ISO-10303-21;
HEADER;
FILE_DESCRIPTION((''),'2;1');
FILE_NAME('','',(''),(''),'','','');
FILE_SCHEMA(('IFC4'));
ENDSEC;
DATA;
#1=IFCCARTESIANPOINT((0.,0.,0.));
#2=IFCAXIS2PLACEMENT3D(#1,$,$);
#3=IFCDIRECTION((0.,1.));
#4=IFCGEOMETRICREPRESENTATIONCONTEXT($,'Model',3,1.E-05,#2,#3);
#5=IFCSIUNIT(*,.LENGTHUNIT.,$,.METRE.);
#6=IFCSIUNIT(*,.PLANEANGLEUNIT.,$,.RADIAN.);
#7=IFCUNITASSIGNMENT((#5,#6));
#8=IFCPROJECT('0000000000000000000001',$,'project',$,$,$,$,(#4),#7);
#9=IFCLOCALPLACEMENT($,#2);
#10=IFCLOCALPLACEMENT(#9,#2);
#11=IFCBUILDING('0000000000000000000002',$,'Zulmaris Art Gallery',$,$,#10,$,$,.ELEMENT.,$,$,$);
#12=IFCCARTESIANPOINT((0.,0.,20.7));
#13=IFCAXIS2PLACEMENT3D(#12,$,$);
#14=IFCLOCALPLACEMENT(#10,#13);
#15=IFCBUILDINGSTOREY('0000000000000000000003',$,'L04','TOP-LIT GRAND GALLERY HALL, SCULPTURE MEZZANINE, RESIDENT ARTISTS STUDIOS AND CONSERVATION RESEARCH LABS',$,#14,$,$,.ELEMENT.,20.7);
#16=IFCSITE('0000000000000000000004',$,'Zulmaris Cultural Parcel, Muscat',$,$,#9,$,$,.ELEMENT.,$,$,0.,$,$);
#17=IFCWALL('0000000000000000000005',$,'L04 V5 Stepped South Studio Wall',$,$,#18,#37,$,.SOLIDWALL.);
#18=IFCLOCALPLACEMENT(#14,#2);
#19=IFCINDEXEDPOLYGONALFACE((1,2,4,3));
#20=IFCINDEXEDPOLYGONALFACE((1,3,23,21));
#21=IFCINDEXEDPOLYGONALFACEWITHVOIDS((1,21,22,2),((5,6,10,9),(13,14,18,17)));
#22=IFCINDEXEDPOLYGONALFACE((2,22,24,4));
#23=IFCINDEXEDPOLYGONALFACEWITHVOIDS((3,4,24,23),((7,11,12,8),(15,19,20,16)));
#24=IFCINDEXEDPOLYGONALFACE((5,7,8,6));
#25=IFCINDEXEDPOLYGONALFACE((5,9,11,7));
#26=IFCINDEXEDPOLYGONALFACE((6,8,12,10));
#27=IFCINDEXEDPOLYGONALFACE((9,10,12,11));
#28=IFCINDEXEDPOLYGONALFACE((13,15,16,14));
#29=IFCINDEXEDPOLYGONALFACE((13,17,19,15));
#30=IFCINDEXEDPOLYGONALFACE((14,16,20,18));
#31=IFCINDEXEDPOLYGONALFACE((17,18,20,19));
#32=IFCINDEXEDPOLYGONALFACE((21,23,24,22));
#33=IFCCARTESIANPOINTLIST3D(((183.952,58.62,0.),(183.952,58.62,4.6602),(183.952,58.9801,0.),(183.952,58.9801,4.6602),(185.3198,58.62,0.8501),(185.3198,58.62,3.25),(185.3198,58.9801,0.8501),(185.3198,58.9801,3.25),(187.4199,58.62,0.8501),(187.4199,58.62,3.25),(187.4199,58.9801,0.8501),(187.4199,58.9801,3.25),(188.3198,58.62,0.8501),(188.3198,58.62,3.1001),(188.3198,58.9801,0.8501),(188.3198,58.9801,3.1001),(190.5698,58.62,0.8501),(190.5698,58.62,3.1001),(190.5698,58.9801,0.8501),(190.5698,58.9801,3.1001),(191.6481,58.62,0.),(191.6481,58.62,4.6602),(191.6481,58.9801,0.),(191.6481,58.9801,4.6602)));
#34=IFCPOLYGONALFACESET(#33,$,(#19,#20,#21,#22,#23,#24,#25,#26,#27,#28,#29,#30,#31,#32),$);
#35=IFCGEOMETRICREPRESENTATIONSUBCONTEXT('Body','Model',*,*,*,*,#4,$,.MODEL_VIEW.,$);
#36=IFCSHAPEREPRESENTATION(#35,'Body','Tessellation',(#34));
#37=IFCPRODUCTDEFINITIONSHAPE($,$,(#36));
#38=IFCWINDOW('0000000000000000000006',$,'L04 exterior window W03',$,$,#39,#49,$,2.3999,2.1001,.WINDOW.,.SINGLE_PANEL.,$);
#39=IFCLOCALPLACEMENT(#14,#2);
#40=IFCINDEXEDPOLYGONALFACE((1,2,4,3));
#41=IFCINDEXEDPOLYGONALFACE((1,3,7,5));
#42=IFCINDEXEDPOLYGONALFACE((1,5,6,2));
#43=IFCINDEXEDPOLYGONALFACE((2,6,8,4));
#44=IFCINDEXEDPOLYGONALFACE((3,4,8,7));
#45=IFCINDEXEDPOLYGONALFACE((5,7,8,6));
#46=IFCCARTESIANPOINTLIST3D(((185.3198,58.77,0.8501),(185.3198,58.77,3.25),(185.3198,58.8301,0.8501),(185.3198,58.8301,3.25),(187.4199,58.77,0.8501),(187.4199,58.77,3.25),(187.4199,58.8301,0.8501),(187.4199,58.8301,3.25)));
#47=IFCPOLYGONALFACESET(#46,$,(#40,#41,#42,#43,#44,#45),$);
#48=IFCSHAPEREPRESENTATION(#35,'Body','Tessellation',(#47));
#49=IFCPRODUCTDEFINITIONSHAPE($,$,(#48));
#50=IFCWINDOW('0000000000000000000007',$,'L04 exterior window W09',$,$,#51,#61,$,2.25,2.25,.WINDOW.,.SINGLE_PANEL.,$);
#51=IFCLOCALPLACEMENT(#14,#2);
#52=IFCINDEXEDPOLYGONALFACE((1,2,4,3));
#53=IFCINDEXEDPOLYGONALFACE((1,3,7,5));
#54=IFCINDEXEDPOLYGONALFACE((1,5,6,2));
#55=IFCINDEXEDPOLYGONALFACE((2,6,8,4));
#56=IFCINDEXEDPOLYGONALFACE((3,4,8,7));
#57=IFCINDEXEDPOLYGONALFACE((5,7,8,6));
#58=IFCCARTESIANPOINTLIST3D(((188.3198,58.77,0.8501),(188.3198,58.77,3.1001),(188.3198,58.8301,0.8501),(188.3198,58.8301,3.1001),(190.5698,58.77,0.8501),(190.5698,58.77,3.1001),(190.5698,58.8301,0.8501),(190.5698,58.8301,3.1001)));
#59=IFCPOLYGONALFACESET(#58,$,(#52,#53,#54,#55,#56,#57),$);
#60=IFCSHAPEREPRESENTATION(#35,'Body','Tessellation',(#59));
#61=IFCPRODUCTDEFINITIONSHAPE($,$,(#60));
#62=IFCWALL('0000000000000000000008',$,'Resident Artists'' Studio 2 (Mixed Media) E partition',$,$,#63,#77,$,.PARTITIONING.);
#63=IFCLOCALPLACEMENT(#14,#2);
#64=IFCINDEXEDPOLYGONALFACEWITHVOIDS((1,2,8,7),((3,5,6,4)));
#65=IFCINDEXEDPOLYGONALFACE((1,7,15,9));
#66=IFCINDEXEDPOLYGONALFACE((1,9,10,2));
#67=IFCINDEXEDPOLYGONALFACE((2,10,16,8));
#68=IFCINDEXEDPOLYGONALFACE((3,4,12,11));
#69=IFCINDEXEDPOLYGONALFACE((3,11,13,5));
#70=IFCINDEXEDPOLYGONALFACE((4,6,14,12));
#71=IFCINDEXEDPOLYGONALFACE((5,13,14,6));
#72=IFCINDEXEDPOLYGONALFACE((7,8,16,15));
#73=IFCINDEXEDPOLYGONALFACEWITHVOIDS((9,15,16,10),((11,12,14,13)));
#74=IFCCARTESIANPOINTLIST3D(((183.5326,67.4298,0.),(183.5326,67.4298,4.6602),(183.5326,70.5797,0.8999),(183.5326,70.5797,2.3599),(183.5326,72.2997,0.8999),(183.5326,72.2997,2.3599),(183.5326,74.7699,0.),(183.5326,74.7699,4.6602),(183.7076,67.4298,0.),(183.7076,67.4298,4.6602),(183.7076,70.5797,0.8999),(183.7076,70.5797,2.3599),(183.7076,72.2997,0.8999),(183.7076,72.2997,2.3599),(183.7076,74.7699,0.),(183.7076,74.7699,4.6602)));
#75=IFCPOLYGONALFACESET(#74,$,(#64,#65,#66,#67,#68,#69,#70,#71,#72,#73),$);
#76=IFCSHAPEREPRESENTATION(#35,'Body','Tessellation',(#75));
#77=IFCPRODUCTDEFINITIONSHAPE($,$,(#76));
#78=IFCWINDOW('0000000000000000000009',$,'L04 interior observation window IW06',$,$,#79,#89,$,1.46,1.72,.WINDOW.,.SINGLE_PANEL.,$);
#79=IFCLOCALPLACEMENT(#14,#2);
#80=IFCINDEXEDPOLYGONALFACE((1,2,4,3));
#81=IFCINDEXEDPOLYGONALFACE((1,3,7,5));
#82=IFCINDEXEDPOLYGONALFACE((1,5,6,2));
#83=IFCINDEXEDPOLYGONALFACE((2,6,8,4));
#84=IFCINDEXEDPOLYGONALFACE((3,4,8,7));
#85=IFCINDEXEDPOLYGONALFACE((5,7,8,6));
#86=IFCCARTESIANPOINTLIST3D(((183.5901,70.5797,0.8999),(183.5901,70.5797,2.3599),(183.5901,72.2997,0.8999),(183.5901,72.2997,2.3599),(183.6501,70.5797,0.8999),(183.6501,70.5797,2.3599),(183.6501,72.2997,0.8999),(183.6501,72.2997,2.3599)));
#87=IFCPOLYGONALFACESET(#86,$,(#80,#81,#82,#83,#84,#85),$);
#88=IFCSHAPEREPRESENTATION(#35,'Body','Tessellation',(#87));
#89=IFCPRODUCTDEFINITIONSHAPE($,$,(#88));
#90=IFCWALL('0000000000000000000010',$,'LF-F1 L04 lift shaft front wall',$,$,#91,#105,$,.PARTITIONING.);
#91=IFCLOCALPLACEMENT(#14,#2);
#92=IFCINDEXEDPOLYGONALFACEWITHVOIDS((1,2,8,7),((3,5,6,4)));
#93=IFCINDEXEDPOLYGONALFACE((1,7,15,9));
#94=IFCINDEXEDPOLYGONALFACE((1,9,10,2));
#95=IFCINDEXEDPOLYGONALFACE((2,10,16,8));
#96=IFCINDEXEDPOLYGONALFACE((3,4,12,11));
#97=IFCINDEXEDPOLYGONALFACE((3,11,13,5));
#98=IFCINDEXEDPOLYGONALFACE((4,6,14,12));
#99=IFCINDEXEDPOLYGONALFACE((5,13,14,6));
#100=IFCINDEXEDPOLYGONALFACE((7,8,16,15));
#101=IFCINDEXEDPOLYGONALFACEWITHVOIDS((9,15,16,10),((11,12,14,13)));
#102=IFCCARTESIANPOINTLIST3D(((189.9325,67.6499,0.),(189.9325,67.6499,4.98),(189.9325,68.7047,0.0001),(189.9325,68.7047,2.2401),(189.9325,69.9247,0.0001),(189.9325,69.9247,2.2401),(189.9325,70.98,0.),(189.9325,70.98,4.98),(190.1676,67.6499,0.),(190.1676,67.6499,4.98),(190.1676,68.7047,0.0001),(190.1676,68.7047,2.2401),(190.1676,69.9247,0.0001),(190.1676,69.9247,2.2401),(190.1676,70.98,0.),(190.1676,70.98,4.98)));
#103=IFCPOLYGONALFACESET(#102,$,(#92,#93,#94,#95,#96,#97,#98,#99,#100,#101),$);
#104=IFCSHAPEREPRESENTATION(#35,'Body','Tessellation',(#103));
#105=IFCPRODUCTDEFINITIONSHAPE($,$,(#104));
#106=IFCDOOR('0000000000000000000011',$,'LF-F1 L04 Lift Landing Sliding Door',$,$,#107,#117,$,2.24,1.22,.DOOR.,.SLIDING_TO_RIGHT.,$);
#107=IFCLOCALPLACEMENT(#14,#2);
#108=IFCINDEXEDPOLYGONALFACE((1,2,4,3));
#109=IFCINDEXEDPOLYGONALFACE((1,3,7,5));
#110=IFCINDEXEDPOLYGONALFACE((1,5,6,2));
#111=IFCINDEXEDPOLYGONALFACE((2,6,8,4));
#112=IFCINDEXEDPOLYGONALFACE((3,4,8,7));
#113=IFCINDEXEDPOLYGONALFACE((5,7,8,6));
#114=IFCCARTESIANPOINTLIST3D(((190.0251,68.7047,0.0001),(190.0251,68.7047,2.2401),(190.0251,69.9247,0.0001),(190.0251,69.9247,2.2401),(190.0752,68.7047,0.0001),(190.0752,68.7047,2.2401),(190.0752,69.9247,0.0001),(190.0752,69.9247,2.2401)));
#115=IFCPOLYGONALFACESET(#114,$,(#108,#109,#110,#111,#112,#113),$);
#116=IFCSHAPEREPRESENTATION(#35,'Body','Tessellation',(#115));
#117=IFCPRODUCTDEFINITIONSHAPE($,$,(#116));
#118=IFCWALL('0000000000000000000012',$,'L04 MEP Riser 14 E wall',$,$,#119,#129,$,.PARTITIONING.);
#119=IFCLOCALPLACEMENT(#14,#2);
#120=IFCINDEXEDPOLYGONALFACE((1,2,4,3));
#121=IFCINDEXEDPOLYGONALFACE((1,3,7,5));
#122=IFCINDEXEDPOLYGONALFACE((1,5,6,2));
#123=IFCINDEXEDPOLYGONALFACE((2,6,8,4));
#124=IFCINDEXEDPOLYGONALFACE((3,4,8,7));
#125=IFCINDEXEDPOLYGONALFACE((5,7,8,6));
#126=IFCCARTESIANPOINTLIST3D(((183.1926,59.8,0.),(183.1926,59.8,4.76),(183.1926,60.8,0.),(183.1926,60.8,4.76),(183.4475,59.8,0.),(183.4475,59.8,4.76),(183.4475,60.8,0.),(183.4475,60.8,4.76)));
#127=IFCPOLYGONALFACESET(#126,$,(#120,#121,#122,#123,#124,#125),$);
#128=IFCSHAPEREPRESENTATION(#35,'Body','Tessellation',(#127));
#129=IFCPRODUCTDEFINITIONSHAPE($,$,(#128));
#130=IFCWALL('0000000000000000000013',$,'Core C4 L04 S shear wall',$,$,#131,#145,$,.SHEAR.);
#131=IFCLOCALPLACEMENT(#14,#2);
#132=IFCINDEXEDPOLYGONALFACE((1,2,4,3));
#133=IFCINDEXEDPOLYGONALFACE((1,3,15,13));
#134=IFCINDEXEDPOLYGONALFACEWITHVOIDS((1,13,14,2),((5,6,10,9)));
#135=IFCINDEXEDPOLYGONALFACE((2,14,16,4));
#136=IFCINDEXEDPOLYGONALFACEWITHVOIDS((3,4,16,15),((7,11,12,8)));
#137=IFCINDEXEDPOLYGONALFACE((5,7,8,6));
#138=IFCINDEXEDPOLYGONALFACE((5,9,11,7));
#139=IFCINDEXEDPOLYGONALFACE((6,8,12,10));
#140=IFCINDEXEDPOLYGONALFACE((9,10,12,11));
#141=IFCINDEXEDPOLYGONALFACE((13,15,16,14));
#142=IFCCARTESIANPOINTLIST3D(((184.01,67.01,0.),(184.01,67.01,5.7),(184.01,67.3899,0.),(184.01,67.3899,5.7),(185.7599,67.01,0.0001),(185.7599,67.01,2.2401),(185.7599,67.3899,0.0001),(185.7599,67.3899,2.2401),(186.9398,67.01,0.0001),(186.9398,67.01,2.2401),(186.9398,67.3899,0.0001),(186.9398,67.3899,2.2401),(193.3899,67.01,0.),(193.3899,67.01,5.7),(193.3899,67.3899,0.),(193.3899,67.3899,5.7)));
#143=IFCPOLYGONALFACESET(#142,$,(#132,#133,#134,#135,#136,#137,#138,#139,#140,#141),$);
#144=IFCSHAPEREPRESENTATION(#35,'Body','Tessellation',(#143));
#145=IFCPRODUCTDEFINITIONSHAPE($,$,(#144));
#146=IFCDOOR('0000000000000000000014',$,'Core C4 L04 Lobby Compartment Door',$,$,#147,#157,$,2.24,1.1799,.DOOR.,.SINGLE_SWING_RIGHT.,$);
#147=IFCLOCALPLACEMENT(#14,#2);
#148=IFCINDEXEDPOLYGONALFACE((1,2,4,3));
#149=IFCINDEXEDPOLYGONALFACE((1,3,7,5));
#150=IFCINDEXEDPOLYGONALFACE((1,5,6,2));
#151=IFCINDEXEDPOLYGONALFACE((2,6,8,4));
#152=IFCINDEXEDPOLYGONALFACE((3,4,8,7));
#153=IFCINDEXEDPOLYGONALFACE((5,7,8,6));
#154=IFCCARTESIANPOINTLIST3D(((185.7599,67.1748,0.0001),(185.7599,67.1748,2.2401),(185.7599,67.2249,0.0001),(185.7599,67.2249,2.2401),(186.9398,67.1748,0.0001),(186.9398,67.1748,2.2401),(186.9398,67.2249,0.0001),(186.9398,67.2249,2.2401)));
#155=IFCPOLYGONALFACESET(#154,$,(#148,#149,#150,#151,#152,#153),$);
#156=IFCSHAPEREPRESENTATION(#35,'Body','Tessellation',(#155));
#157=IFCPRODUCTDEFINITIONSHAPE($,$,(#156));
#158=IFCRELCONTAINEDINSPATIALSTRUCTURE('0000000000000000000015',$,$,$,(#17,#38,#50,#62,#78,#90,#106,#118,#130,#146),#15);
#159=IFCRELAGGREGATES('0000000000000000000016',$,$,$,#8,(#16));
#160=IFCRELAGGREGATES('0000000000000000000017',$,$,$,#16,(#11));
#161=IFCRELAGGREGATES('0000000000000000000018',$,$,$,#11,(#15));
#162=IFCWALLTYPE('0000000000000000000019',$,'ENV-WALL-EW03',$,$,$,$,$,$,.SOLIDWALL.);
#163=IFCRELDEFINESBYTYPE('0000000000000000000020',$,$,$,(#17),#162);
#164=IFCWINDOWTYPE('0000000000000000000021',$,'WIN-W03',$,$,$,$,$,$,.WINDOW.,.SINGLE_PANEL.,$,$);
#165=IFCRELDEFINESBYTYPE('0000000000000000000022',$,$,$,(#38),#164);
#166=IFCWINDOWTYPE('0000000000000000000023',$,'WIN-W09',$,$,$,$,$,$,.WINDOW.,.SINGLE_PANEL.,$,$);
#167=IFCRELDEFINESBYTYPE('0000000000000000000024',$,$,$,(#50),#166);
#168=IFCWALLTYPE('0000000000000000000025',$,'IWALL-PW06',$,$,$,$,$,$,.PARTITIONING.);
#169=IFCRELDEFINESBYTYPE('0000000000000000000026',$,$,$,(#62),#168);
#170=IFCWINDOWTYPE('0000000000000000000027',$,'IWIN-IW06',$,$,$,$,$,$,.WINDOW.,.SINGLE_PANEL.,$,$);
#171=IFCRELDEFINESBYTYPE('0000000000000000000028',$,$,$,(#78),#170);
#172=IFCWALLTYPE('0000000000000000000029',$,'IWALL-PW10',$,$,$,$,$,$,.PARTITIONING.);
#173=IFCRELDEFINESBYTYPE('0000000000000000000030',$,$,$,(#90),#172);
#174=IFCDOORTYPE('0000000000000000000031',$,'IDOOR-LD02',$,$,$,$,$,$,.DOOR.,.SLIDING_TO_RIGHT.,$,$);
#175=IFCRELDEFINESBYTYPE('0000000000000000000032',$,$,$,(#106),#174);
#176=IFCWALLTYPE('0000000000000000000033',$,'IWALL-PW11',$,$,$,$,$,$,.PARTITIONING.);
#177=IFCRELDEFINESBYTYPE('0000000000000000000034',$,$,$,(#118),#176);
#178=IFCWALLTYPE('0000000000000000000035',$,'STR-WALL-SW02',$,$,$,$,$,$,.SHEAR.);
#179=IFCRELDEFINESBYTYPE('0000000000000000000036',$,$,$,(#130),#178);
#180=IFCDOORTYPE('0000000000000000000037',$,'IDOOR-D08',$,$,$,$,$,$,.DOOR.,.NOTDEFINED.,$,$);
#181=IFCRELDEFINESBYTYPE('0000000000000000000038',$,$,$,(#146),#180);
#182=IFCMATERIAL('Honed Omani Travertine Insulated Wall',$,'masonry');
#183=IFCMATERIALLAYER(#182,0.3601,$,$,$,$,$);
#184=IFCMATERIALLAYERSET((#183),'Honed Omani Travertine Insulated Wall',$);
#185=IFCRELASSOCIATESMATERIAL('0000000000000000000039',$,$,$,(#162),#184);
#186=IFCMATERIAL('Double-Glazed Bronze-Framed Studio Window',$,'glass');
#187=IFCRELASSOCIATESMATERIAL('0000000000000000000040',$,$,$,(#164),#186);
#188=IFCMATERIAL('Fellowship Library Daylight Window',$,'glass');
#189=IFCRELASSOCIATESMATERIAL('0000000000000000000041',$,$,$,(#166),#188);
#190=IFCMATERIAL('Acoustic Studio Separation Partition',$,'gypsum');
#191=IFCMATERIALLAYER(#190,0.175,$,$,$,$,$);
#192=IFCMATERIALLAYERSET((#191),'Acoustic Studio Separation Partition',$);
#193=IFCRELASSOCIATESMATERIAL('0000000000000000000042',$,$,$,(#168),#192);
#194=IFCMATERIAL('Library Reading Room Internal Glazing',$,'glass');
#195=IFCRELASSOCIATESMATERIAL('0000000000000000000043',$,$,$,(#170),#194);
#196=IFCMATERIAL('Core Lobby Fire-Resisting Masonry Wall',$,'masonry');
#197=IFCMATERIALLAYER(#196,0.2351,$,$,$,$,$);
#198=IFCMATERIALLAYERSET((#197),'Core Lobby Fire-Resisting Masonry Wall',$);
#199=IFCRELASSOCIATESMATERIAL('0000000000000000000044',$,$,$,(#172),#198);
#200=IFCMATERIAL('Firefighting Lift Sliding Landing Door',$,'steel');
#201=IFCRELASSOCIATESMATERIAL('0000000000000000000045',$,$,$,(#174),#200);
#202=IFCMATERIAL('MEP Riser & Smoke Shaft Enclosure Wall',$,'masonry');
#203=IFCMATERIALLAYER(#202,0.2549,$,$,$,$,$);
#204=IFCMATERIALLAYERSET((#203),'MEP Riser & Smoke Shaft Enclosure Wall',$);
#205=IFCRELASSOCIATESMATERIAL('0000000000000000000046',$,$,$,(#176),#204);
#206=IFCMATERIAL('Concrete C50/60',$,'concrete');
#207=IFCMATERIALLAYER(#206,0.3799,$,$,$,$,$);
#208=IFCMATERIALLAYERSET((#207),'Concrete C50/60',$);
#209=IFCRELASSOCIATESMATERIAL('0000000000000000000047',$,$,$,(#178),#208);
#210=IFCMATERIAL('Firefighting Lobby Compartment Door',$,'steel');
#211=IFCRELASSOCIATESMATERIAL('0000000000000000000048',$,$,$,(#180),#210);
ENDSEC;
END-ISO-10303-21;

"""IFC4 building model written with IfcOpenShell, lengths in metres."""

from ifc_helpers import new_model, si_unit, direction, frame, frame_2d, origin, place, context, subcontext, project, spatial, rectangle, extrude, material, layer, layer_set, type_object, element, fill, save


model = new_model("IFC4")

# Units and contexts
model_context = context("Model", 3, precision=1e-05, world=origin(), true_north=direction((0.0, 1.0)))
body_context = subcontext(model_context, "Body", "Model", "MODEL_VIEW")
ifc_project = project(units=[si_unit("LENGTHUNIT", "METRE"), si_unit("PLANEANGLEUNIT", "RADIAN")], contexts=[model_context])

# Site, building, storey
site_placement = place(None, origin())
site = spatial("IfcSite", under=ifc_project, at=site_placement, Name="Zulmaris Cultural Parcel, Muscat", CompositionType="ELEMENT", RefElevation=0.0)
building_placement = place(site_placement, origin())
building = spatial("IfcBuilding", under=site, at=building_placement, Name="Zulmaris Art Gallery", CompositionType="ELEMENT")
storey_placement = place(building_placement, frame((0.0, 0.0, 20.7)))
storey = spatial("IfcBuildingStorey", under=building, at=storey_placement, Name="L04", Description="TOP-LIT GRAND GALLERY HALL, SCULPTURE MEZZANINE, RESIDENT ARTISTS STUDIOS AND CONSERVATION RESEARCH LABS", CompositionType="ELEMENT", Elevation=20.7)

# Wall, openings, windows
ifc_material_1 = material(Name="Honed Omani Travertine Insulated Wall", Category="masonry")
ifc_layer_1 = layer(ifc_material_1, 0.3601)
ifc_layer_set_1 = layer_set([ifc_layer_1], Name="Honed Omani Travertine Insulated Wall")
wall_type_1 = type_object("IfcWallType", Name="ENV-WALL-EW03", PredefinedType="SOLIDWALL", material=ifc_layer_set_1)
wall_1_placement = place(storey_placement, frame((183.9519, 58.8, 0.0), z_axis=(0.0, 0.0, 1.0), x_axis=(1.0, 0.0, 0.0)))
wall_1 = element("IfcWall", 1, at=wall_1_placement, inside=storey, type_object=wall_type_1, Name="L04 V5 Stepped South Studio Wall", PredefinedType="SOLIDWALL", context=body_context, shape_type="SweptSolid", body=[
    extrude(rectangle(XDim=7.696, YDim=0.3601, at=frame_2d((3.8481, 0.0))), origin(), (0.0, 0.0, 1.0), 4.6602),
])
opening_1_placement = place(wall_1_placement, frame((1.3679, 0.0, 0.8501)))
opening_1 = element("IfcOpeningElement", 2, at=opening_1_placement, cuts=wall_1, PredefinedType="OPENING", context=body_context, shape_type="SweptSolid", body=[
    extrude(rectangle(XDim=2.1001, YDim=2.3999, at=frame_2d((1.05, 1.2))), frame((0.0, 0.1899, 0.0), z_axis=(0.0, -1.0, 0.0), x_axis=(1.0, 0.0, 0.0)), (0.0, 0.0, 1.0), 0.3801),
])
opening_2_placement = place(wall_1_placement, frame((4.3679, 0.0, 0.8501)))
opening_2 = element("IfcOpeningElement", 3, at=opening_2_placement, cuts=wall_1, PredefinedType="OPENING", context=body_context, shape_type="SweptSolid", body=[
    extrude(rectangle(XDim=2.25, YDim=2.25, at=frame_2d((1.125, 1.125))), frame((0.0, 0.1899, 0.0), z_axis=(0.0, -1.0, 0.0), x_axis=(1.0, 0.0, 0.0)), (0.0, 0.0, 1.0), 0.3801),
])
ifc_material_2 = material(Name="Double-Glazed Bronze-Framed Studio Window", Category="glass")
window_type_1 = type_object("IfcWindowType", Name="WIN-W03", PartitioningType="SINGLE_PANEL", PredefinedType="WINDOW", material=ifc_material_2)
window_1_placement = place(opening_1_placement, origin())
window_1 = element("IfcWindow", 4, at=window_1_placement, inside=storey, type_object=window_type_1, Name="L04 exterior window W03", OverallHeight=2.3999, OverallWidth=2.1001, PartitioningType="SINGLE_PANEL", PredefinedType="WINDOW", context=body_context, shape_type="SweptSolid", body=[
    extrude(rectangle(XDim=2.1001, YDim=2.3999, at=frame_2d((1.05, 1.2))), frame((0.0, 0.03, 0.0), z_axis=(0.0, -1.0, 0.0), x_axis=(1.0, 0.0, 0.0)), (0.0, 0.0, 1.0), 0.0601),
])
fill(opening_1, window_1)
ifc_material_3 = material(Name="Fellowship Library Daylight Window", Category="glass")
window_type_2 = type_object("IfcWindowType", Name="WIN-W09", PartitioningType="SINGLE_PANEL", PredefinedType="WINDOW", material=ifc_material_3)
window_2_placement = place(opening_2_placement, origin())
window_2 = element("IfcWindow", 5, at=window_2_placement, inside=storey, type_object=window_type_2, Name="L04 exterior window W09", OverallHeight=2.25, OverallWidth=2.25, PartitioningType="SINGLE_PANEL", PredefinedType="WINDOW", context=body_context, shape_type="SweptSolid", body=[
    extrude(rectangle(XDim=2.25, YDim=2.25, at=frame_2d((1.125, 1.125))), frame((0.0, 0.03, 0.0), z_axis=(0.0, -1.0, 0.0), x_axis=(1.0, 0.0, 0.0)), (0.0, 0.0, 1.0), 0.0601),
])
fill(opening_2, window_2)

# Wall, opening, window
ifc_material_4 = material(Name="Acoustic Studio Separation Partition", Category="gypsum")
ifc_layer_2 = layer(ifc_material_4, 0.175)
ifc_layer_set_2 = layer_set([ifc_layer_2], Name="Acoustic Studio Separation Partition")
wall_type_2 = type_object("IfcWallType", Name="IWALL-PW06", PredefinedType="PARTITIONING", material=ifc_layer_set_2)
wall_2_placement = place(storey_placement, frame((183.6201, 67.4299, 0.0), z_axis=(0.0, 0.0, 1.0), x_axis=(0.0, 1.0, 0.0)))
wall_2 = element("IfcWall", 6, at=wall_2_placement, inside=storey, type_object=wall_type_2, Name="Resident Artists' Studio 2 (Mixed Media) E partition", PredefinedType="PARTITIONING", context=body_context, shape_type="SweptSolid", body=[
    extrude(rectangle(XDim=7.3401, YDim=0.175, at=frame_2d((3.6699, 0.0))), origin(), (0.0, 0.0, 1.0), 4.6602),
])
opening_3_placement = place(wall_2_placement, frame((3.1499, 0.0, 0.8999)))
opening_3 = element("IfcOpeningElement", 7, at=opening_3_placement, cuts=wall_2, PredefinedType="OPENING", context=body_context, shape_type="SweptSolid", body=[
    extrude(rectangle(XDim=1.72, YDim=1.46, at=frame_2d((0.8599, 0.73))), frame((0.0, 0.0974, 0.0), z_axis=(0.0, -1.0, 0.0), x_axis=(1.0, 0.0, 0.0)), (0.0, 0.0, 1.0), 0.1951),
])
ifc_material_5 = material(Name="Library Reading Room Internal Glazing", Category="glass")
window_type_3 = type_object("IfcWindowType", Name="IWIN-IW06", PartitioningType="SINGLE_PANEL", PredefinedType="WINDOW", material=ifc_material_5)
window_3_placement = place(opening_3_placement, origin())
window_3 = element("IfcWindow", 8, at=window_3_placement, inside=storey, type_object=window_type_3, Name="L04 interior observation window IW06", OverallHeight=1.46, OverallWidth=1.72, PartitioningType="SINGLE_PANEL", PredefinedType="WINDOW", context=body_context, shape_type="SweptSolid", body=[
    extrude(rectangle(XDim=1.72, YDim=1.46, at=frame_2d((0.8599, 0.73))), frame((0.0, 0.03, 0.0), z_axis=(0.0, -1.0, 0.0), x_axis=(1.0, 0.0, 0.0)), (0.0, 0.0, 1.0), 0.0601),
])
fill(opening_3, window_3)

# Wall, opening, door
ifc_material_6 = material(Name="Core Lobby Fire-Resisting Masonry Wall", Category="masonry")
ifc_layer_3 = layer(ifc_material_6, 0.2351)
ifc_layer_set_3 = layer_set([ifc_layer_3], Name="Core Lobby Fire-Resisting Masonry Wall")
wall_type_3 = type_object("IfcWallType", Name="IWALL-PW10", PredefinedType="PARTITIONING", material=ifc_layer_set_3)
wall_3_placement = place(storey_placement, frame((190.05, 67.6499, 0.0), z_axis=(0.0, 0.0, 1.0), x_axis=(0.0, 1.0, 0.0)))
wall_3 = element("IfcWall", 9, at=wall_3_placement, inside=storey, type_object=wall_type_3, Name="LF-F1 L04 lift shaft front wall", PredefinedType="PARTITIONING", context=body_context, shape_type="SweptSolid", body=[
    extrude(rectangle(XDim=3.3301, YDim=0.2351, at=frame_2d((1.665, 0.0))), origin(), (0.0, 0.0, 1.0), 4.98),
])
opening_4_placement = place(wall_3_placement, frame((1.0549, 0.0, 0.0)))
opening_4 = element("IfcOpeningElement", 10, at=opening_4_placement, cuts=wall_3, PredefinedType="OPENING", context=body_context, shape_type="SweptSolid", body=[
    extrude(rectangle(XDim=1.22, YDim=2.24, at=frame_2d((0.6099, 1.1201))), frame((0.0, 0.1274, 0.0), z_axis=(0.0, -1.0, 0.0), x_axis=(1.0, 0.0, 0.0)), (0.0, 0.0, 1.0), 0.2551),
])
ifc_material_7 = material(Name="Firefighting Lift Sliding Landing Door", Category="steel")
door_type_1 = type_object("IfcDoorType", Name="IDOOR-LD02", OperationType="SLIDING_TO_RIGHT", PredefinedType="DOOR", material=ifc_material_7)
door_1_placement = place(opening_4_placement, origin())
door_1 = element("IfcDoor", 11, at=door_1_placement, inside=storey, type_object=door_type_1, Name="LF-F1 L04 Lift Landing Sliding Door", OperationType="SLIDING_TO_RIGHT", OverallHeight=2.24, OverallWidth=1.22, PredefinedType="DOOR", context=body_context, shape_type="SweptSolid", body=[
    extrude(rectangle(XDim=1.22, YDim=2.24, at=frame_2d((0.6099, 1.1201))), frame((0.0, 0.0249, 0.0), z_axis=(0.0, -1.0, 0.0), x_axis=(1.0, 0.0, 0.0)), (0.0, 0.0, 1.0), 0.05),
])
fill(opening_4, door_1)

# Wall
ifc_material_8 = material(Name="MEP Riser & Smoke Shaft Enclosure Wall", Category="masonry")
ifc_layer_4 = layer(ifc_material_8, 0.2549)
ifc_layer_set_4 = layer_set([ifc_layer_4], Name="MEP Riser & Smoke Shaft Enclosure Wall")
wall_type_4 = type_object("IfcWallType", Name="IWALL-PW11", PredefinedType="PARTITIONING", material=ifc_layer_set_4)
wall_4_placement = place(storey_placement, frame((183.3201, 59.8, 0.0), z_axis=(0.0, 0.0, 1.0), x_axis=(0.0, 1.0, 0.0)))
element("IfcWall", 12, at=wall_4_placement, inside=storey, type_object=wall_type_4, Name="L04 MEP Riser 14 E wall", PredefinedType="PARTITIONING", context=body_context, shape_type="SweptSolid", body=[
    extrude(rectangle(XDim=1.0, YDim=0.2549, at=frame_2d((0.5, 0.0))), origin(), (0.0, 0.0, 1.0), 4.76),
])

# Wall, opening, door
ifc_material_9 = material(Name="Concrete C50/60", Category="concrete")
ifc_layer_5 = layer(ifc_material_9, 0.3799)
ifc_layer_set_5 = layer_set([ifc_layer_5], Name="Concrete C50/60")
wall_type_5 = type_object("IfcWallType", Name="STR-WALL-SW02", PredefinedType="SHEAR", material=ifc_layer_set_5)
wall_5_placement = place(storey_placement, frame((184.01, 67.2, 0.0), z_axis=(0.0, 0.0, 1.0), x_axis=(1.0, 0.0, 0.0)))
wall_5 = element("IfcWall", 13, at=wall_5_placement, inside=storey, type_object=wall_type_5, Name="Core C4 L04 S shear wall", PredefinedType="SHEAR", context=body_context, shape_type="SweptSolid", body=[
    extrude(rectangle(XDim=9.3799, YDim=0.3799, at=frame_2d((4.6899, 0.0))), origin(), (0.0, 0.0, 1.0), 5.7),
])
opening_5_placement = place(wall_5_placement, frame((1.75, 0.0, 0.0)))
opening_5 = element("IfcOpeningElement", 14, at=opening_5_placement, cuts=wall_5, PredefinedType="OPENING", context=body_context, shape_type="SweptSolid", body=[
    extrude(rectangle(XDim=1.1799, YDim=2.24, at=frame_2d((0.5898, 1.1201))), frame((0.0, 0.2, 0.0), z_axis=(0.0, -1.0, 0.0), x_axis=(1.0, 0.0, 0.0)), (0.0, 0.0, 1.0), 0.3999),
])
ifc_material_10 = material(Name="Firefighting Lobby Compartment Door", Category="steel")
door_type_2 = type_object("IfcDoorType", Name="IDOOR-D08", OperationType="NOTDEFINED", PredefinedType="DOOR", material=ifc_material_10)
door_2_placement = place(opening_5_placement, origin())
door_2 = element("IfcDoor", 15, at=door_2_placement, inside=storey, type_object=door_type_2, Name="Core C4 L04 Lobby Compartment Door", OperationType="SINGLE_SWING_RIGHT", OverallHeight=2.24, OverallWidth=1.1799, PredefinedType="DOOR", context=body_context, shape_type="SweptSolid", body=[
    extrude(rectangle(XDim=1.1799, YDim=2.24, at=frame_2d((0.5898, 1.1201))), frame((0.0, 0.0249, 0.0), z_axis=(0.0, -1.0, 0.0), x_axis=(1.0, 0.0, 0.0)), (0.0, 0.0, 1.0), 0.05),
])
fill(opening_5, door_2)

save(model, "model.ifc")
